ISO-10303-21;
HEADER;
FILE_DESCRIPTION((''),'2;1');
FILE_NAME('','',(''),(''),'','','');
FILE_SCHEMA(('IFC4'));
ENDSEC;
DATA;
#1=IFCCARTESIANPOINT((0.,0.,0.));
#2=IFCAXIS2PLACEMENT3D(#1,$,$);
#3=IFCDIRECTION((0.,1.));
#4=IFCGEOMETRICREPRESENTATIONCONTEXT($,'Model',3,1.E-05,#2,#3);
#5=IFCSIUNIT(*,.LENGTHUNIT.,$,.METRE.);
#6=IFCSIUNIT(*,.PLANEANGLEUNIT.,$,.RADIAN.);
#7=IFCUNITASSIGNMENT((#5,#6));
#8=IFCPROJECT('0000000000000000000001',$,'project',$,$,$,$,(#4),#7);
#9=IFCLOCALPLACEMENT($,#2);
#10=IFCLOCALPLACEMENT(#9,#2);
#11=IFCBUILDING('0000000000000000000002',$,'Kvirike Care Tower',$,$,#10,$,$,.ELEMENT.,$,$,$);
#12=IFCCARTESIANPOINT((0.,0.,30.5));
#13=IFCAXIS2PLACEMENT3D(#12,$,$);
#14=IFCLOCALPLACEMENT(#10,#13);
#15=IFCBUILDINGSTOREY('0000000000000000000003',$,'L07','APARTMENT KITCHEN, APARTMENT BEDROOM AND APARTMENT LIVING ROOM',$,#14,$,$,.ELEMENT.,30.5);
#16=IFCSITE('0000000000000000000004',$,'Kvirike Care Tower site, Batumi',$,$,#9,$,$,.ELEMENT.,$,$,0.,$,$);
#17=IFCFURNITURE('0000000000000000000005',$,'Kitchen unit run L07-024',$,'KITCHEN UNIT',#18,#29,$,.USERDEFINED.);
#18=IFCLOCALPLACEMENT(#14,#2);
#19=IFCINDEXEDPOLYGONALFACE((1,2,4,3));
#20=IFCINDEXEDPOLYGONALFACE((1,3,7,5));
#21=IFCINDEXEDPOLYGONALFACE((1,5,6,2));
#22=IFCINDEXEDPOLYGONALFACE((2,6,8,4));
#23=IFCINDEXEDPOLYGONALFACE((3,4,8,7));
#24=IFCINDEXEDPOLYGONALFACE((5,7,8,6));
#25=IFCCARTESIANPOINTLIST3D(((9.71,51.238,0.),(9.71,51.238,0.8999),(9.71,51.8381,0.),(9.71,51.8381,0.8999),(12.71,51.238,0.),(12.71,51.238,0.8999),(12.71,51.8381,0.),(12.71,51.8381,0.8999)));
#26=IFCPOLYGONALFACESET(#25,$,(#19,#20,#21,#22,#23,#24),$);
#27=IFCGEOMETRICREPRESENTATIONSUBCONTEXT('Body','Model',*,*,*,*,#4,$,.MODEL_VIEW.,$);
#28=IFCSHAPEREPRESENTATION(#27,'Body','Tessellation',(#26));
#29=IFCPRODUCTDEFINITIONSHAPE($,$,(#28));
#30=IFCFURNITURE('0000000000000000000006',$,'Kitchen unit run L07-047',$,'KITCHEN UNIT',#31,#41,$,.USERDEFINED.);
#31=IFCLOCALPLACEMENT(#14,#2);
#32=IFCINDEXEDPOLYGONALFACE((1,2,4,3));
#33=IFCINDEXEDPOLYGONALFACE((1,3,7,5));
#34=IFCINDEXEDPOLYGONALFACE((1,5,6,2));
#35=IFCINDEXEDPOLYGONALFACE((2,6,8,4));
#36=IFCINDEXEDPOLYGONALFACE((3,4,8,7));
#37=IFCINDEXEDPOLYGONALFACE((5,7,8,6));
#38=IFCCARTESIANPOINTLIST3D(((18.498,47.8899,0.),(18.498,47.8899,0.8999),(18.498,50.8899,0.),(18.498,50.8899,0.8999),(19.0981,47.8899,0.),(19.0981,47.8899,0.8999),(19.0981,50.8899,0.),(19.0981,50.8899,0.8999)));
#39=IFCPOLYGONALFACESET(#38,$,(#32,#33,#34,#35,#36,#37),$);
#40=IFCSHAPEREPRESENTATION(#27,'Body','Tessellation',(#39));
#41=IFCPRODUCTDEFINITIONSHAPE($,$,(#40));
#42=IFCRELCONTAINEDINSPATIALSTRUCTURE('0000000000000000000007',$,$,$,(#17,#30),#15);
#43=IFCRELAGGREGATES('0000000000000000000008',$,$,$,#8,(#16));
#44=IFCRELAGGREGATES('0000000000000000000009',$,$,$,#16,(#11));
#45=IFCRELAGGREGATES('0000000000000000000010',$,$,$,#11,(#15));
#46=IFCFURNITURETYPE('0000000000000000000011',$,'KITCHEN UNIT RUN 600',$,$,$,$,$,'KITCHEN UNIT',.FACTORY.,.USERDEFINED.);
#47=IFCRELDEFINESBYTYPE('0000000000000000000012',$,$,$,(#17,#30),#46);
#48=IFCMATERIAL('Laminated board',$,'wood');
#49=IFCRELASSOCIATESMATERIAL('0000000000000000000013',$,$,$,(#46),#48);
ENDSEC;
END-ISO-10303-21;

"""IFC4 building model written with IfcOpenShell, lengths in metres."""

from ifc_helpers import new_model, si_unit, direction, frame, origin, origin_2d, place, context, subcontext, project, spatial, rectangle, extrude, material, type_object, element, save


model = new_model("IFC4")

# Units and contexts
model_context = context("Model", 3, precision=1e-05, world=origin(), true_north=direction((0.0, 1.0)))
body_context = subcontext(model_context, "Body", "Model", "MODEL_VIEW")
ifc_project = project(units=[si_unit("LENGTHUNIT", "METRE"), si_unit("PLANEANGLEUNIT", "RADIAN")], contexts=[model_context])

# Site, building, storey
site_placement = place(None, origin())
site = spatial("IfcSite", under=ifc_project, at=site_placement, Name="Kvirike Care Tower site, Batumi", CompositionType="ELEMENT", RefElevation=0.0)
building_placement = place(site_placement, origin())
building = spatial("IfcBuilding", under=site, at=building_placement, Name="Kvirike Care Tower", CompositionType="ELEMENT")
storey_placement = place(building_placement, frame((0.0, 0.0, 30.5)))
storey = spatial("IfcBuildingStorey", under=building, at=storey_placement, Name="L07", Description="APARTMENT KITCHEN, APARTMENT BEDROOM AND APARTMENT LIVING ROOM", CompositionType="ELEMENT", Elevation=30.5)

# Furniture
ifc_material_1 = material(Name="Laminated board", Category="wood")
furniture_type_1 = type_object("IfcFurnitureType", Name="KITCHEN UNIT RUN 600", ElementType="KITCHEN UNIT", AssemblyPlace="FACTORY", PredefinedType="USERDEFINED", material=ifc_material_1)
for number, where, z_axis, x_axis, name in (
    (1, (11.21, 51.5381, 0.0), (0.0, 0.0, 1.0), (1.0, 0.0, 0.0), "Kitchen unit run L07-024"),
    (2, (18.7981, 49.3899, 0.0), (0.0, 0.0, 1.0), (0.0, -1.0, 0.0), "Kitchen unit run L07-047"),
):
    element("IfcFurniture", number, at=place(storey_placement, frame(where, z_axis=z_axis, x_axis=x_axis)), inside=storey, type_object=furniture_type_1, Name=name, ObjectType="KITCHEN UNIT", PredefinedType="USERDEFINED", context=body_context, shape_type="SweptSolid", body=[
        extrude(rectangle(XDim=3.0, YDim=0.6001, at=origin_2d()), origin(), (0.0, 0.0, 1.0), 0.8999),
    ])

save(model, "model.ifc")
